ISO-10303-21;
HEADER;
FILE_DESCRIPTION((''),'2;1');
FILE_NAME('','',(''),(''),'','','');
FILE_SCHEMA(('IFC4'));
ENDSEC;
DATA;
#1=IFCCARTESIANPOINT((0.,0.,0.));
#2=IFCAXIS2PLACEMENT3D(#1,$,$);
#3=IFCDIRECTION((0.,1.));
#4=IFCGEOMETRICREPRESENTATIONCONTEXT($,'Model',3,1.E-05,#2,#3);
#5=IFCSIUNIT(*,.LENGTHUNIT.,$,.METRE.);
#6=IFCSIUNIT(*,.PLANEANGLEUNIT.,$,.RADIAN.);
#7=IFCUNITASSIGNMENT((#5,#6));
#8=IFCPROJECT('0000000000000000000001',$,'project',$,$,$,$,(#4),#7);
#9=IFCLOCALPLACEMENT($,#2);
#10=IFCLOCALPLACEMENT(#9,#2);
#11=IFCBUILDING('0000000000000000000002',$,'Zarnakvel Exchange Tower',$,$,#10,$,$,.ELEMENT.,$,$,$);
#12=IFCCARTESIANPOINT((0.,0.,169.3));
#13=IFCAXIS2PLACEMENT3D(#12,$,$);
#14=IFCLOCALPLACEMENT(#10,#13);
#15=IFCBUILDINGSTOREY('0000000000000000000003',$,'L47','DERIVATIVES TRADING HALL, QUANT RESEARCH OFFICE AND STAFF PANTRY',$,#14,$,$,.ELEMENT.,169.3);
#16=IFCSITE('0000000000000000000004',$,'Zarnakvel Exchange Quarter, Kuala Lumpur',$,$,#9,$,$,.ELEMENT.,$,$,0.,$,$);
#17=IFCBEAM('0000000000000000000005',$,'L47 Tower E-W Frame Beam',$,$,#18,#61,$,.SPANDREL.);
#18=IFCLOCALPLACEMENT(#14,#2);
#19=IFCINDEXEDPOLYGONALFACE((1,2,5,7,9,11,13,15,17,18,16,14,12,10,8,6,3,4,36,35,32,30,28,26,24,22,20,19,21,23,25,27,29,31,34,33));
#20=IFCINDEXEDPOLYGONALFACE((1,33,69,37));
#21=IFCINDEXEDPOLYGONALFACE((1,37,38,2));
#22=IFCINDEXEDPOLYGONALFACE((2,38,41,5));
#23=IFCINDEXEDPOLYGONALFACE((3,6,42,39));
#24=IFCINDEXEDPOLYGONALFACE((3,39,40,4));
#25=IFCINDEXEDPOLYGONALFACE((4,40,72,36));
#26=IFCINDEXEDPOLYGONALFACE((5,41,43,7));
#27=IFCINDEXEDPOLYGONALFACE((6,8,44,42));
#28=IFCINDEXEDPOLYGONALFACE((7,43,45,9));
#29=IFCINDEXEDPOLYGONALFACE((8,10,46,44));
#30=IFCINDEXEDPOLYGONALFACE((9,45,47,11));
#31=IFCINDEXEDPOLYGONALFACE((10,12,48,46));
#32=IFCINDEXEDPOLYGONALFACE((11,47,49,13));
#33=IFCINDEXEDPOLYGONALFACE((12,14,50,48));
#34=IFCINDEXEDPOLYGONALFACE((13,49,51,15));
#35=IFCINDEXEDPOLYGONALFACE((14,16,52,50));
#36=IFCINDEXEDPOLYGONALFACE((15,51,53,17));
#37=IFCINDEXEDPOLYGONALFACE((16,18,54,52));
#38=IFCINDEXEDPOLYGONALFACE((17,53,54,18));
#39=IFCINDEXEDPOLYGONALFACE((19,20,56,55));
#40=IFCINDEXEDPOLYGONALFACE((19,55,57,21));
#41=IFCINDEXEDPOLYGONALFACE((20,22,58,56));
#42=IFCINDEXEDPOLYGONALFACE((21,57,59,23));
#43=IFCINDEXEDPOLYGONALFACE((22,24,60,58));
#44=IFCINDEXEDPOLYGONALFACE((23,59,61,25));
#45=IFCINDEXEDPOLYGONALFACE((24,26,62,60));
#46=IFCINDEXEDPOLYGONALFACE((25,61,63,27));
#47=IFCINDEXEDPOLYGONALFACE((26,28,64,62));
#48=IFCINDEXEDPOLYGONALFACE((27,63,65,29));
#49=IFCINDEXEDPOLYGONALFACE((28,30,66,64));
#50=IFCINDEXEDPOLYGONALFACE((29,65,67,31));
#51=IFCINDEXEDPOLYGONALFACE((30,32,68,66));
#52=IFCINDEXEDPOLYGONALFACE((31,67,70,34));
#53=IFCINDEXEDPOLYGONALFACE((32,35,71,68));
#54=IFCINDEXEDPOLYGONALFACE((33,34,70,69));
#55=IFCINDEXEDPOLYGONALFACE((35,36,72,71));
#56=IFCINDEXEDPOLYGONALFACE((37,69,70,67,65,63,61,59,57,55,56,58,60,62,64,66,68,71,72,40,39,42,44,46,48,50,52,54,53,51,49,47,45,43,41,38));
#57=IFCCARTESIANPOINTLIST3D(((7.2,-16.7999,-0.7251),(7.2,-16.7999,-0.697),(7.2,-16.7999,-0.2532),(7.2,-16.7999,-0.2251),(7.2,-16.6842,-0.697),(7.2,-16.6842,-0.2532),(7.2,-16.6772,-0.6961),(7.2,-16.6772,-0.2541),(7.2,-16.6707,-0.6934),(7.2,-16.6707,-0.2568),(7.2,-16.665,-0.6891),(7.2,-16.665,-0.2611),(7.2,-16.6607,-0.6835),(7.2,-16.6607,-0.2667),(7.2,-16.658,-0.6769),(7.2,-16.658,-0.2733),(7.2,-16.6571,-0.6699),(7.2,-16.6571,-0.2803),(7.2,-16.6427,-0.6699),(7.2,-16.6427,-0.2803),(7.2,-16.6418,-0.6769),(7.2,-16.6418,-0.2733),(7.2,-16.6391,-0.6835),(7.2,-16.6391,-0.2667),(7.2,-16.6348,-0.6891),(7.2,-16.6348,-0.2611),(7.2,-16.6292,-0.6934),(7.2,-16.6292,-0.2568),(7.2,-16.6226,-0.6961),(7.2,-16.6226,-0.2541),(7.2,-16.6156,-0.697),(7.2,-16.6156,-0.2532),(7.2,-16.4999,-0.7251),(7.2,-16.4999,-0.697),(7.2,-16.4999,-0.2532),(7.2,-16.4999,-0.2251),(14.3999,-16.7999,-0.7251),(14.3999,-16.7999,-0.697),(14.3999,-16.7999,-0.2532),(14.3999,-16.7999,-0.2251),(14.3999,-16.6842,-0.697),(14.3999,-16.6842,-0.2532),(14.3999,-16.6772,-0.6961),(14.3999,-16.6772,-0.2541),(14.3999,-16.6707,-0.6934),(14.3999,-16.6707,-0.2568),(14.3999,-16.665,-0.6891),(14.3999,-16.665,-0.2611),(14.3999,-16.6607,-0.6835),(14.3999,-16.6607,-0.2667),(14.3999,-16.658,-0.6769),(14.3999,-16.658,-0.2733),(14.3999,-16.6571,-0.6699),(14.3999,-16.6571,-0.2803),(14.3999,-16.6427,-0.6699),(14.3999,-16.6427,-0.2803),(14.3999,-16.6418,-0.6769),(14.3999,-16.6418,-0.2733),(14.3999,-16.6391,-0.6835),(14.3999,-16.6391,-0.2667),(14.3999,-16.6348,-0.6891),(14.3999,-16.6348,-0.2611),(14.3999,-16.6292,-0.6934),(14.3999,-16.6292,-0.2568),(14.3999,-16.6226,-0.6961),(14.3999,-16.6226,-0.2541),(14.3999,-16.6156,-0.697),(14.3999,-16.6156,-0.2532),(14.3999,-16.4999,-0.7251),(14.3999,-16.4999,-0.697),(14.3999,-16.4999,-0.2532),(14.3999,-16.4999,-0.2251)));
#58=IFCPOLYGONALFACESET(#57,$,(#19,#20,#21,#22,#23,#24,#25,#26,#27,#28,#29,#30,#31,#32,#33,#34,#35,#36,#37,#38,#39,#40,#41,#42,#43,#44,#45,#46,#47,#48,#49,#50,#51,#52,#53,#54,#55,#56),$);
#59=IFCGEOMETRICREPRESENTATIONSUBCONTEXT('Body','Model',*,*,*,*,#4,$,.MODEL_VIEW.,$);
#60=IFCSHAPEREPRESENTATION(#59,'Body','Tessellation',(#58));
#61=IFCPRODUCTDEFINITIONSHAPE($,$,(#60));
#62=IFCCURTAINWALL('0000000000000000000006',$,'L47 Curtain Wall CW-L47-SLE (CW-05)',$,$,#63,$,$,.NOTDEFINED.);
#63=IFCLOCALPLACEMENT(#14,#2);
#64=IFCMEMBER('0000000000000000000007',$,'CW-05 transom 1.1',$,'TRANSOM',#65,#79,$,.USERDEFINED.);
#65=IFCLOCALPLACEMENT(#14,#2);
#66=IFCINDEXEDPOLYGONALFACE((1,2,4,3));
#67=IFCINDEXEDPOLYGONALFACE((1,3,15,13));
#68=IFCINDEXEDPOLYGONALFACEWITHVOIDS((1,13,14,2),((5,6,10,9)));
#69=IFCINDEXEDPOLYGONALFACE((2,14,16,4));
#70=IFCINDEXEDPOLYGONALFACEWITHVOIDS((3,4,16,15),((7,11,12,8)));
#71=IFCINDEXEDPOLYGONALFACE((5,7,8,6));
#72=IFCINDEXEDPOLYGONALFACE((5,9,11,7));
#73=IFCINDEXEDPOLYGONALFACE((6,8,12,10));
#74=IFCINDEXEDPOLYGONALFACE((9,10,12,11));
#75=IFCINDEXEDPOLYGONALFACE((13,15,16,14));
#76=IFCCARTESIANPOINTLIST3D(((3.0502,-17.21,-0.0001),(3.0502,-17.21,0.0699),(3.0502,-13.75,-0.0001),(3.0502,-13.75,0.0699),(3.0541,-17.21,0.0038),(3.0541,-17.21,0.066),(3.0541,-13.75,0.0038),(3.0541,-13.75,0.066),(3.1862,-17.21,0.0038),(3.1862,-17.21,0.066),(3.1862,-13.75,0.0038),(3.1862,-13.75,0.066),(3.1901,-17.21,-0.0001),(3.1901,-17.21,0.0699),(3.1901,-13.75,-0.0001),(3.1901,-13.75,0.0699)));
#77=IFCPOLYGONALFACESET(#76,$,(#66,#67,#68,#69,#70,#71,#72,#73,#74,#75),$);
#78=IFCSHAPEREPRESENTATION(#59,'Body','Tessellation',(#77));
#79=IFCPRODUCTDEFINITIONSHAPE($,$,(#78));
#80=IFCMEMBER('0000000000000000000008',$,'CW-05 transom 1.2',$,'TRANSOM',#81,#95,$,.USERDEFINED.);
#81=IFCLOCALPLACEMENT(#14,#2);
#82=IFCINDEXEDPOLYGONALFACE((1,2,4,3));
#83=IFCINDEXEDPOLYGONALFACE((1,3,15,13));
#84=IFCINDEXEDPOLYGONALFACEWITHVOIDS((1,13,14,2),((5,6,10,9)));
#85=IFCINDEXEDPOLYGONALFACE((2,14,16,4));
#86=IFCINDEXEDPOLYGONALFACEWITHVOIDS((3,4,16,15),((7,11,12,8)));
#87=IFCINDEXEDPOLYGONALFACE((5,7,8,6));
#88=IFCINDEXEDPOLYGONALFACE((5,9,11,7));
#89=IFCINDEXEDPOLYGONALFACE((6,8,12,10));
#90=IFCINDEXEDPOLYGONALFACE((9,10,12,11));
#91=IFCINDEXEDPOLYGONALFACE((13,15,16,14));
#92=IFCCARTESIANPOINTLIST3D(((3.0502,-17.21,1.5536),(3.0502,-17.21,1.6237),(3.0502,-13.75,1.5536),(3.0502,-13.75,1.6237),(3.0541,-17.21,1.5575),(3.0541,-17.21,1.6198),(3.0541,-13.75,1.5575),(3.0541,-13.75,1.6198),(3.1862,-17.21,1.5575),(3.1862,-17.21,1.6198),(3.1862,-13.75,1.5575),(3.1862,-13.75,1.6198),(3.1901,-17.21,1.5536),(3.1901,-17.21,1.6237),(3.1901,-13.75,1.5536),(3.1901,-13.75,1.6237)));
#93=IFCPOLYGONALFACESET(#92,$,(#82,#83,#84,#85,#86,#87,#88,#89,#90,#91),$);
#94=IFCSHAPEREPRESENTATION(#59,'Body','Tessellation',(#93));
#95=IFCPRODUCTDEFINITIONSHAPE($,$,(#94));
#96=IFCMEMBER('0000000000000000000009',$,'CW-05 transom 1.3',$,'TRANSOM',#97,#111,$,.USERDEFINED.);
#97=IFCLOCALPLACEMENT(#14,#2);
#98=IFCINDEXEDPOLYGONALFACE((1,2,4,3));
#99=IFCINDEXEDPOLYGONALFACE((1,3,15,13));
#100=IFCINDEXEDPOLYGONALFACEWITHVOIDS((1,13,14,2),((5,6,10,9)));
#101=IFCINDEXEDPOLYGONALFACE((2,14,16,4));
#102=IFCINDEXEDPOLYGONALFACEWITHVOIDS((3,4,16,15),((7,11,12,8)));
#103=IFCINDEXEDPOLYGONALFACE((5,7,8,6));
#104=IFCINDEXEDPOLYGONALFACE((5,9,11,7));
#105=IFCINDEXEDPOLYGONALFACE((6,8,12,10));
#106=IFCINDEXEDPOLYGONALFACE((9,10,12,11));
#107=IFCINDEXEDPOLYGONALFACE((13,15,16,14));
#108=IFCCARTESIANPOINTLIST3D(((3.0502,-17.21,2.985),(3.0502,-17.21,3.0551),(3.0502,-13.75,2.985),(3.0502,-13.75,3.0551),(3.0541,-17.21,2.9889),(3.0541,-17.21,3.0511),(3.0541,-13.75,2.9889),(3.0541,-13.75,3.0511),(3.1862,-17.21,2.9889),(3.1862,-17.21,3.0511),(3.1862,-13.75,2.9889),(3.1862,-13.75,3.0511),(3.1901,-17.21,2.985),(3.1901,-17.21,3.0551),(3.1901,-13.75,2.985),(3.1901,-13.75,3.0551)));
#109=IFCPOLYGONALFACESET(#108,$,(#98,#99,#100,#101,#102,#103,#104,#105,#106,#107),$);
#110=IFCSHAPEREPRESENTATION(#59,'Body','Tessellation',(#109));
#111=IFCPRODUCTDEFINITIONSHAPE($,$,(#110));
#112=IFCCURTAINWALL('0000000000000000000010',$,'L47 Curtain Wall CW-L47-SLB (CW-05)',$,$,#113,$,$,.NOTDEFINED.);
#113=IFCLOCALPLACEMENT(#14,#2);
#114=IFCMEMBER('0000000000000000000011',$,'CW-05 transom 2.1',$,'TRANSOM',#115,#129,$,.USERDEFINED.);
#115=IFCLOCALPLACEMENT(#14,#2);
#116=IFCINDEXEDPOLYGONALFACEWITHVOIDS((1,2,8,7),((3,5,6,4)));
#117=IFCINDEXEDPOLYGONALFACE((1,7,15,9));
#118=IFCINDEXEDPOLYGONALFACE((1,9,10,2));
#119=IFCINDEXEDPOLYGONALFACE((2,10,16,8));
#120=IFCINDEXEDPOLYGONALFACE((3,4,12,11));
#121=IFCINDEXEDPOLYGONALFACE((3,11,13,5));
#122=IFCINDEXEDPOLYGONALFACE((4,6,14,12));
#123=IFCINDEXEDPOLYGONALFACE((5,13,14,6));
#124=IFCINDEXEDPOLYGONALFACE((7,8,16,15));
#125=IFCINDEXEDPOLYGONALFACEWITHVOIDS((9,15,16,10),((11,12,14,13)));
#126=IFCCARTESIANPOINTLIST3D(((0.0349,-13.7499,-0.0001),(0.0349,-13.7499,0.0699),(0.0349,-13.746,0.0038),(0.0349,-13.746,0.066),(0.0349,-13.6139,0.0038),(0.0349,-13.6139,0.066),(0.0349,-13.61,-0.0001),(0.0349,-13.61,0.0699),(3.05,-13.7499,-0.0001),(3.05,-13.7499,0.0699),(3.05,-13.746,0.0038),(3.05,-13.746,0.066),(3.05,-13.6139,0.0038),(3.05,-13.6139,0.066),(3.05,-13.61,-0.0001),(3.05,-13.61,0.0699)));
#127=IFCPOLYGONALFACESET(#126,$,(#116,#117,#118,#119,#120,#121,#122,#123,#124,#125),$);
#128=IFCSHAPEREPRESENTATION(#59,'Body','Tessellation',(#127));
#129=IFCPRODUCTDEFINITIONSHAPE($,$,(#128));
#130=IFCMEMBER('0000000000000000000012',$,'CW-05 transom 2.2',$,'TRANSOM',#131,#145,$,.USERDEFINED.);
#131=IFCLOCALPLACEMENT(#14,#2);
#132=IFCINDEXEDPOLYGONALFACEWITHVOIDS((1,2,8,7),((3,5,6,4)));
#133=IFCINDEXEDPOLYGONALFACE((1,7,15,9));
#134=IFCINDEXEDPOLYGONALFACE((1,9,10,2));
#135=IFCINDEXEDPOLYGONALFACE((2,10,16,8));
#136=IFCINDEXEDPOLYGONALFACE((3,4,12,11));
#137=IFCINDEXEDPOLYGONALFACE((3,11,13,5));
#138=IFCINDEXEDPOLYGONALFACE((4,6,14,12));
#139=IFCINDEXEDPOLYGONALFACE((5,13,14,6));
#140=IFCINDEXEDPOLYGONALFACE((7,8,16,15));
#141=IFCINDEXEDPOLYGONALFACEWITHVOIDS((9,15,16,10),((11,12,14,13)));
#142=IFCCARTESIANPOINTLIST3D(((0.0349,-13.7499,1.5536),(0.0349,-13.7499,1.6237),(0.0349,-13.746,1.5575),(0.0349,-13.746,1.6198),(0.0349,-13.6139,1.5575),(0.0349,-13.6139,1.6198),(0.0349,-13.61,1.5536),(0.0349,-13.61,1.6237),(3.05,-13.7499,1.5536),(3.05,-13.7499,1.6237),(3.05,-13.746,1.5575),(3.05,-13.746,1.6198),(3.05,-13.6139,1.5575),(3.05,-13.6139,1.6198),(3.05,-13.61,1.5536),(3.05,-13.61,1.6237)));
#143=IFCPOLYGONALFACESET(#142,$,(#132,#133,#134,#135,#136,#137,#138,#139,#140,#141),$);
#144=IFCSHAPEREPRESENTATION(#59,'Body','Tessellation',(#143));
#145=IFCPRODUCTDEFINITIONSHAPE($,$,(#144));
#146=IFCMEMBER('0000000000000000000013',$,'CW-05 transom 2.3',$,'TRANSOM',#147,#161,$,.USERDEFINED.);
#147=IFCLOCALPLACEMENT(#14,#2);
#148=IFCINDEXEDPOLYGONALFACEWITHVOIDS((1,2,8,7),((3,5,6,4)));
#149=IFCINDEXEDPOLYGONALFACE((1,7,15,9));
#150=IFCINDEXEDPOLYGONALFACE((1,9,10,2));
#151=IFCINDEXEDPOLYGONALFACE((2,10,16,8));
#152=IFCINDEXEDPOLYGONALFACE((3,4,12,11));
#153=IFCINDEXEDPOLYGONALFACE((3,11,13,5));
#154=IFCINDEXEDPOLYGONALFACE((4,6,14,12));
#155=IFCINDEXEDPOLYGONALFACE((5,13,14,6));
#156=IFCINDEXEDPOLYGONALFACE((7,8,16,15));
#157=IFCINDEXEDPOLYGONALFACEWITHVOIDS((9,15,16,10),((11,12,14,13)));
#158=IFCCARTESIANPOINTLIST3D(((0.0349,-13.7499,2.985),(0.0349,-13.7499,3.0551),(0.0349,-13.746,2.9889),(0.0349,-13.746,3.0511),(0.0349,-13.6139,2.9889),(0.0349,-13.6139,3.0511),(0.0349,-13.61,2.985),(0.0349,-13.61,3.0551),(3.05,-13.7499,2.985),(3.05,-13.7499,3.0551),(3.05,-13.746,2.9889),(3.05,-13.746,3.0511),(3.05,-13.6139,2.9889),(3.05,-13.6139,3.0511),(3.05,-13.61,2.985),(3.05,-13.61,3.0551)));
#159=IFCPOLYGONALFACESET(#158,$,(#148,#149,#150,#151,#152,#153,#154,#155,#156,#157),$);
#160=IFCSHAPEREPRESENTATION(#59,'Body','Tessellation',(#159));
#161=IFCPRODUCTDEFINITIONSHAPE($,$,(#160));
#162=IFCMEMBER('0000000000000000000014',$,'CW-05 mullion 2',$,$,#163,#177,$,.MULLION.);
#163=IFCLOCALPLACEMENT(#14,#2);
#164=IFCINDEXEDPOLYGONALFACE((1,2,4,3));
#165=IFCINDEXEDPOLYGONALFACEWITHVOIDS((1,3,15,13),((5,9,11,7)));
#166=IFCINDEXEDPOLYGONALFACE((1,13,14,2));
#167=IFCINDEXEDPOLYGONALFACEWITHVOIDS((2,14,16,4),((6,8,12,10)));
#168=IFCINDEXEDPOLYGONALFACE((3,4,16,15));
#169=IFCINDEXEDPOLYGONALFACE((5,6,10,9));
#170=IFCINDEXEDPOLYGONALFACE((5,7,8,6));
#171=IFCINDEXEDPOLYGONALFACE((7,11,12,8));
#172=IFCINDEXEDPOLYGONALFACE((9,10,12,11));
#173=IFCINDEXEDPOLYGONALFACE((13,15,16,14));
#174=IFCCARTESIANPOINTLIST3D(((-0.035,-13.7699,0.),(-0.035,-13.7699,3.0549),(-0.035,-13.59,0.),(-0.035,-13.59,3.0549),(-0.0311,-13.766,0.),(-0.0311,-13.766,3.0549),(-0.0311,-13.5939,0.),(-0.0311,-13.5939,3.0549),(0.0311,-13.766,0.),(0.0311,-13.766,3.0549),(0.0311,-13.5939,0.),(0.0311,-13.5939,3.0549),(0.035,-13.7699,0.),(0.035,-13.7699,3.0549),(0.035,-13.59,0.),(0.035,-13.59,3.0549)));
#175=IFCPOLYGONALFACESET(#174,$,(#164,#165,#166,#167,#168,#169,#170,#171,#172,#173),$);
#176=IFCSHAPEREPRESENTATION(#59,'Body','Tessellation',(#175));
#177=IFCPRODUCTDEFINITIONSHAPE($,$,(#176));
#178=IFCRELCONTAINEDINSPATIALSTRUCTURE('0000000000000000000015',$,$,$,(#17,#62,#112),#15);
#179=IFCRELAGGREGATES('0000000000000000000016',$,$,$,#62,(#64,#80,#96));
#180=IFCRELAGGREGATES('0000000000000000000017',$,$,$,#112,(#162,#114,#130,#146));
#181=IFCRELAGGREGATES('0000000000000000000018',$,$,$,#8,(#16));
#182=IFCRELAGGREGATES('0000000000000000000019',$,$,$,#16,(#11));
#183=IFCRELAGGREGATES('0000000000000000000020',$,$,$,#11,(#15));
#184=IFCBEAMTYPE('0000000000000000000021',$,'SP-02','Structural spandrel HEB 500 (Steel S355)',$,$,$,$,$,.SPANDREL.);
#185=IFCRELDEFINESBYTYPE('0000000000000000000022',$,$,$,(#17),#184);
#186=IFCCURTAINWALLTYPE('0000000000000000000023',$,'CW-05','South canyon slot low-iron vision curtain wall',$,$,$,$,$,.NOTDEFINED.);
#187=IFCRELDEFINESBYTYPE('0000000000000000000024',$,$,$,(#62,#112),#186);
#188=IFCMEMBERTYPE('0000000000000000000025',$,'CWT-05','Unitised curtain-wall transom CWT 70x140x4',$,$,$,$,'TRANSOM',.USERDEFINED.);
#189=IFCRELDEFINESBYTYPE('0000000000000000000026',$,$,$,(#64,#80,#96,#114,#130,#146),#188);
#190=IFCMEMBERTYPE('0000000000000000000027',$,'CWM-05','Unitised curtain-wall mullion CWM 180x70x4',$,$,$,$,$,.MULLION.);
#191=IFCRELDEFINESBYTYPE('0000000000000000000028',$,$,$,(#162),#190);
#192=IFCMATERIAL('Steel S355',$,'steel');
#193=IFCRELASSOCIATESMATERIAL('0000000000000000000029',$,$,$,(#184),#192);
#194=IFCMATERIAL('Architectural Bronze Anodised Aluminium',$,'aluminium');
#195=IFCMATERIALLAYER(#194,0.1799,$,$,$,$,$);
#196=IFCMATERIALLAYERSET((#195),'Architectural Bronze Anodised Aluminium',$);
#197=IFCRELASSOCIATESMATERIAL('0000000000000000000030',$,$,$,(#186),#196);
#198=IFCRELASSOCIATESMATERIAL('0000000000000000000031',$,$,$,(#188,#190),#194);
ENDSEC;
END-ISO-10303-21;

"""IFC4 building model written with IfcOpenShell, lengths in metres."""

from ifc_helpers import new_model, si_unit, direction, frame, origin, origin_2d, place, context, subcontext, project, spatial, hollow_rectangle, i_section, extrude, source, transform, mapped, material, layer, layer_set, material_profile, profile_set, type_object, element, aggregate, save


model = new_model("IFC4")

# Units and contexts
model_context = context("Model", 3, precision=1e-05, world=origin(), true_north=direction((0.0, 1.0)))
body_context = subcontext(model_context, "Body", "Model", "MODEL_VIEW")
ifc_project = project(units=[si_unit("LENGTHUNIT", "METRE"), si_unit("PLANEANGLEUNIT", "RADIAN")], contexts=[model_context])

# Site, building, storey
site_placement = place(None, origin())
site = spatial("IfcSite", under=ifc_project, at=site_placement, Name="Zarnakvel Exchange Quarter, Kuala Lumpur", CompositionType="ELEMENT", RefElevation=0.0)
building_placement = place(site_placement, origin())
building = spatial("IfcBuilding", under=site, at=building_placement, Name="Zarnakvel Exchange Tower", CompositionType="ELEMENT")
storey_placement = place(building_placement, frame((0.0, 0.0, 169.3)))
storey = spatial("IfcBuildingStorey", under=building, at=storey_placement, Name="L47", Description="DERIVATIVES TRADING HALL, QUANT RESEARCH OFFICE AND STAFF PANTRY", CompositionType="ELEMENT", Elevation=169.3)

# Beam
ifc_material_1 = material(Name="Steel S355", Category="steel")
ifc_material_profile_1 = material_profile(ifc_material_1, i_section(OverallWidth=0.3, OverallDepth=0.5, WebThickness=0.0144, FlangeThickness=0.0281, FilletRadius=0.0271, at=origin_2d()))
ifc_profile_set_1 = profile_set([ifc_material_profile_1], Name="Steel S355")
beam_type_1 = type_object("IfcBeamType", Name="SP-02", Description="Structural spandrel HEB 500 (Steel S355)", PredefinedType="SPANDREL", material=ifc_profile_set_1)
beam_1_placement = place(storey_placement, frame((7.2, -16.6499, -0.4751), z_axis=(1.0, 0.0, 0.0), x_axis=(0.0, 1.0, 0.0)))
element("IfcBeam", 1, at=beam_1_placement, inside=storey, type_object=beam_type_1, Name="L47 Tower E-W Frame Beam", PredefinedType="SPANDREL", context=body_context, shape_type="SweptSolid", body=[
    extrude(i_section(OverallWidth=0.3, OverallDepth=0.5, WebThickness=0.0144, FlangeThickness=0.0281, FilletRadius=0.0271, at=origin_2d()), origin(), (0.0, 0.0, 1.0), 7.2),
])

# Curtain walls, members
ifc_material_2 = material(Name="Architectural Bronze Anodised Aluminium", Category="aluminium")
ifc_layer_1 = layer(ifc_material_2, 0.1799)
ifc_layer_set_1 = layer_set([ifc_layer_1], Name="Architectural Bronze Anodised Aluminium")
curtain_wall_type = type_object("IfcCurtainWallType", Name="CW-05", Description="South canyon slot low-iron vision curtain wall", PredefinedType="NOTDEFINED", material=ifc_layer_set_1)
curtain_wall_1_placement = place(storey_placement, origin())
curtain_wall_1 = element("IfcCurtainWall", 2, at=curtain_wall_1_placement, inside=storey, type_object=curtain_wall_type, Name="L47 Curtain Wall CW-L47-SLE (CW-05)", PredefinedType="NOTDEFINED")
ifc_material_profile_2 = material_profile(ifc_material_2, hollow_rectangle(XDim=0.1399, YDim=0.0701, WallThickness=0.0039, at=origin_2d()))
ifc_profile_set_2 = profile_set([ifc_material_profile_2], Name="Architectural Bronze Anodised Aluminium")
member_type_1 = type_object("IfcMemberType", Name="CWT-05", Description="Unitised curtain-wall transom CWT 70x140x4", ElementType="TRANSOM", PredefinedType="USERDEFINED", material=ifc_profile_set_2)
shared_shape_1 = source(origin(), body_context, "Body", "SweptSolid", [
    extrude(hollow_rectangle(XDim=0.1399, YDim=0.0701, WallThickness=0.0039, at=origin_2d()), origin(), (0.0, 0.0, 1.0), 3.46),
])
member_1_placement = place(storey_placement, frame((3.1201, -13.75, 0.0349), z_axis=(0.0, -1.0, 0.0), x_axis=(1.0, 0.0, 0.0)))
member_1 = element("IfcMember", 3, at=member_1_placement, type_object=member_type_1, Name="CW-05 transom 1.1", ObjectType="TRANSOM", PredefinedType="USERDEFINED", context=body_context, shape_type="MappedRepresentation", body=[
    mapped(shared_shape_1, transform((0.0, 0.0, 0.0), x_axis=(1.0, 0.0, 0.0), y_axis=(0.0, 1.0, 0.0), z_axis=(0.0, 0.0, 1.0), scale=1.0)),
])
member_2_placement = place(storey_placement, frame((3.1201, -13.75, 1.5886), z_axis=(0.0, -1.0, 0.0), x_axis=(1.0, 0.0, 0.0)))
member_2 = element("IfcMember", 4, at=member_2_placement, type_object=member_type_1, Name="CW-05 transom 1.2", ObjectType="TRANSOM", PredefinedType="USERDEFINED", context=body_context, shape_type="MappedRepresentation", body=[
    mapped(shared_shape_1, transform((0.0, 0.0, 0.0), x_axis=(1.0, 0.0, 0.0), y_axis=(0.0, 1.0, 0.0), z_axis=(0.0, 0.0, 1.0), scale=1.0)),
])
member_3_placement = place(storey_placement, frame((3.1201, -13.75, 3.02), z_axis=(0.0, -1.0, 0.0), x_axis=(1.0, 0.0, 0.0)))
member_3 = element("IfcMember", 5, at=member_3_placement, type_object=member_type_1, Name="CW-05 transom 1.3", ObjectType="TRANSOM", PredefinedType="USERDEFINED", context=body_context, shape_type="MappedRepresentation", body=[
    mapped(shared_shape_1, transform((0.0, 0.0, 0.0), x_axis=(1.0, 0.0, 0.0), y_axis=(0.0, 1.0, 0.0), z_axis=(0.0, 0.0, 1.0), scale=1.0)),
])
curtain_wall_2_placement = place(storey_placement, origin())
curtain_wall_2 = element("IfcCurtainWall", 6, at=curtain_wall_2_placement, inside=storey, type_object=curtain_wall_type, Name="L47 Curtain Wall CW-L47-SLB (CW-05)", PredefinedType="NOTDEFINED")
shared_shape_2 = source(origin(), body_context, "Body", "SweptSolid", [
    extrude(hollow_rectangle(XDim=0.1399, YDim=0.0701, WallThickness=0.0039, at=origin_2d()), origin(), (0.0, 0.0, 1.0), 3.0151),
])
member_4_placement = place(storey_placement, frame((0.0349, -13.6799, 0.0349), z_axis=(1.0, 0.0, 0.0), x_axis=(0.0, 1.0, 0.0)))
member_4 = element("IfcMember", 7, at=member_4_placement, type_object=member_type_1, Name="CW-05 transom 2.1", ObjectType="TRANSOM", PredefinedType="USERDEFINED", context=body_context, shape_type="MappedRepresentation", body=[
    mapped(shared_shape_2, transform((0.0, 0.0, 0.0), x_axis=(1.0, 0.0, 0.0), y_axis=(0.0, 1.0, 0.0), z_axis=(0.0, 0.0, 1.0), scale=1.0)),
])
member_5_placement = place(storey_placement, frame((0.0349, -13.6799, 1.5886), z_axis=(1.0, 0.0, 0.0), x_axis=(0.0, 1.0, 0.0)))
member_5 = element("IfcMember", 8, at=member_5_placement, type_object=member_type_1, Name="CW-05 transom 2.2", ObjectType="TRANSOM", PredefinedType="USERDEFINED", context=body_context, shape_type="MappedRepresentation", body=[
    mapped(shared_shape_2, transform((0.0, 0.0, 0.0), x_axis=(1.0, 0.0, 0.0), y_axis=(0.0, 1.0, 0.0), z_axis=(0.0, 0.0, 1.0), scale=1.0)),
])
member_6_placement = place(storey_placement, frame((0.0349, -13.6799, 3.02), z_axis=(1.0, 0.0, 0.0), x_axis=(0.0, 1.0, 0.0)))
member_6 = element("IfcMember", 9, at=member_6_placement, type_object=member_type_1, Name="CW-05 transom 2.3", ObjectType="TRANSOM", PredefinedType="USERDEFINED", context=body_context, shape_type="MappedRepresentation", body=[
    mapped(shared_shape_2, transform((0.0, 0.0, 0.0), x_axis=(1.0, 0.0, 0.0), y_axis=(0.0, 1.0, 0.0), z_axis=(0.0, 0.0, 1.0), scale=1.0)),
])
ifc_material_profile_3 = material_profile(ifc_material_2, hollow_rectangle(XDim=0.1799, YDim=0.0701, WallThickness=0.0039, at=origin_2d()))
ifc_profile_set_3 = profile_set([ifc_material_profile_3], Name="Architectural Bronze Anodised Aluminium")
member_type_2 = type_object("IfcMemberType", Name="CWM-05", Description="Unitised curtain-wall mullion CWM 180x70x4", PredefinedType="MULLION", material=ifc_profile_set_3)
shared_shape_3 = source(origin(), body_context, "Body", "SweptSolid", [
    extrude(hollow_rectangle(XDim=0.1799, YDim=0.0701, WallThickness=0.0039, at=origin_2d()), origin(), (0.0, 0.0, 1.0), 3.0549),
])
member_7_placement = place(storey_placement, frame((0.0, -13.6799, 0.0), z_axis=(0.0, 0.0, 1.0), x_axis=(0.0, 1.0, 0.0)))
member_7 = element("IfcMember", 10, at=member_7_placement, type_object=member_type_2, Name="CW-05 mullion 2", PredefinedType="MULLION", context=body_context, shape_type="MappedRepresentation", body=[
    mapped(shared_shape_3, transform((0.0, 0.0, 0.0), x_axis=(1.0, 0.0, 0.0), y_axis=(0.0, 1.0, 0.0), z_axis=(0.0, 0.0, 1.0), scale=1.0)),
])

aggregate(curtain_wall_1, [member_1, member_2, member_3])
aggregate(curtain_wall_2, [member_7, member_4, member_5, member_6])

save(model, "model.ifc")
